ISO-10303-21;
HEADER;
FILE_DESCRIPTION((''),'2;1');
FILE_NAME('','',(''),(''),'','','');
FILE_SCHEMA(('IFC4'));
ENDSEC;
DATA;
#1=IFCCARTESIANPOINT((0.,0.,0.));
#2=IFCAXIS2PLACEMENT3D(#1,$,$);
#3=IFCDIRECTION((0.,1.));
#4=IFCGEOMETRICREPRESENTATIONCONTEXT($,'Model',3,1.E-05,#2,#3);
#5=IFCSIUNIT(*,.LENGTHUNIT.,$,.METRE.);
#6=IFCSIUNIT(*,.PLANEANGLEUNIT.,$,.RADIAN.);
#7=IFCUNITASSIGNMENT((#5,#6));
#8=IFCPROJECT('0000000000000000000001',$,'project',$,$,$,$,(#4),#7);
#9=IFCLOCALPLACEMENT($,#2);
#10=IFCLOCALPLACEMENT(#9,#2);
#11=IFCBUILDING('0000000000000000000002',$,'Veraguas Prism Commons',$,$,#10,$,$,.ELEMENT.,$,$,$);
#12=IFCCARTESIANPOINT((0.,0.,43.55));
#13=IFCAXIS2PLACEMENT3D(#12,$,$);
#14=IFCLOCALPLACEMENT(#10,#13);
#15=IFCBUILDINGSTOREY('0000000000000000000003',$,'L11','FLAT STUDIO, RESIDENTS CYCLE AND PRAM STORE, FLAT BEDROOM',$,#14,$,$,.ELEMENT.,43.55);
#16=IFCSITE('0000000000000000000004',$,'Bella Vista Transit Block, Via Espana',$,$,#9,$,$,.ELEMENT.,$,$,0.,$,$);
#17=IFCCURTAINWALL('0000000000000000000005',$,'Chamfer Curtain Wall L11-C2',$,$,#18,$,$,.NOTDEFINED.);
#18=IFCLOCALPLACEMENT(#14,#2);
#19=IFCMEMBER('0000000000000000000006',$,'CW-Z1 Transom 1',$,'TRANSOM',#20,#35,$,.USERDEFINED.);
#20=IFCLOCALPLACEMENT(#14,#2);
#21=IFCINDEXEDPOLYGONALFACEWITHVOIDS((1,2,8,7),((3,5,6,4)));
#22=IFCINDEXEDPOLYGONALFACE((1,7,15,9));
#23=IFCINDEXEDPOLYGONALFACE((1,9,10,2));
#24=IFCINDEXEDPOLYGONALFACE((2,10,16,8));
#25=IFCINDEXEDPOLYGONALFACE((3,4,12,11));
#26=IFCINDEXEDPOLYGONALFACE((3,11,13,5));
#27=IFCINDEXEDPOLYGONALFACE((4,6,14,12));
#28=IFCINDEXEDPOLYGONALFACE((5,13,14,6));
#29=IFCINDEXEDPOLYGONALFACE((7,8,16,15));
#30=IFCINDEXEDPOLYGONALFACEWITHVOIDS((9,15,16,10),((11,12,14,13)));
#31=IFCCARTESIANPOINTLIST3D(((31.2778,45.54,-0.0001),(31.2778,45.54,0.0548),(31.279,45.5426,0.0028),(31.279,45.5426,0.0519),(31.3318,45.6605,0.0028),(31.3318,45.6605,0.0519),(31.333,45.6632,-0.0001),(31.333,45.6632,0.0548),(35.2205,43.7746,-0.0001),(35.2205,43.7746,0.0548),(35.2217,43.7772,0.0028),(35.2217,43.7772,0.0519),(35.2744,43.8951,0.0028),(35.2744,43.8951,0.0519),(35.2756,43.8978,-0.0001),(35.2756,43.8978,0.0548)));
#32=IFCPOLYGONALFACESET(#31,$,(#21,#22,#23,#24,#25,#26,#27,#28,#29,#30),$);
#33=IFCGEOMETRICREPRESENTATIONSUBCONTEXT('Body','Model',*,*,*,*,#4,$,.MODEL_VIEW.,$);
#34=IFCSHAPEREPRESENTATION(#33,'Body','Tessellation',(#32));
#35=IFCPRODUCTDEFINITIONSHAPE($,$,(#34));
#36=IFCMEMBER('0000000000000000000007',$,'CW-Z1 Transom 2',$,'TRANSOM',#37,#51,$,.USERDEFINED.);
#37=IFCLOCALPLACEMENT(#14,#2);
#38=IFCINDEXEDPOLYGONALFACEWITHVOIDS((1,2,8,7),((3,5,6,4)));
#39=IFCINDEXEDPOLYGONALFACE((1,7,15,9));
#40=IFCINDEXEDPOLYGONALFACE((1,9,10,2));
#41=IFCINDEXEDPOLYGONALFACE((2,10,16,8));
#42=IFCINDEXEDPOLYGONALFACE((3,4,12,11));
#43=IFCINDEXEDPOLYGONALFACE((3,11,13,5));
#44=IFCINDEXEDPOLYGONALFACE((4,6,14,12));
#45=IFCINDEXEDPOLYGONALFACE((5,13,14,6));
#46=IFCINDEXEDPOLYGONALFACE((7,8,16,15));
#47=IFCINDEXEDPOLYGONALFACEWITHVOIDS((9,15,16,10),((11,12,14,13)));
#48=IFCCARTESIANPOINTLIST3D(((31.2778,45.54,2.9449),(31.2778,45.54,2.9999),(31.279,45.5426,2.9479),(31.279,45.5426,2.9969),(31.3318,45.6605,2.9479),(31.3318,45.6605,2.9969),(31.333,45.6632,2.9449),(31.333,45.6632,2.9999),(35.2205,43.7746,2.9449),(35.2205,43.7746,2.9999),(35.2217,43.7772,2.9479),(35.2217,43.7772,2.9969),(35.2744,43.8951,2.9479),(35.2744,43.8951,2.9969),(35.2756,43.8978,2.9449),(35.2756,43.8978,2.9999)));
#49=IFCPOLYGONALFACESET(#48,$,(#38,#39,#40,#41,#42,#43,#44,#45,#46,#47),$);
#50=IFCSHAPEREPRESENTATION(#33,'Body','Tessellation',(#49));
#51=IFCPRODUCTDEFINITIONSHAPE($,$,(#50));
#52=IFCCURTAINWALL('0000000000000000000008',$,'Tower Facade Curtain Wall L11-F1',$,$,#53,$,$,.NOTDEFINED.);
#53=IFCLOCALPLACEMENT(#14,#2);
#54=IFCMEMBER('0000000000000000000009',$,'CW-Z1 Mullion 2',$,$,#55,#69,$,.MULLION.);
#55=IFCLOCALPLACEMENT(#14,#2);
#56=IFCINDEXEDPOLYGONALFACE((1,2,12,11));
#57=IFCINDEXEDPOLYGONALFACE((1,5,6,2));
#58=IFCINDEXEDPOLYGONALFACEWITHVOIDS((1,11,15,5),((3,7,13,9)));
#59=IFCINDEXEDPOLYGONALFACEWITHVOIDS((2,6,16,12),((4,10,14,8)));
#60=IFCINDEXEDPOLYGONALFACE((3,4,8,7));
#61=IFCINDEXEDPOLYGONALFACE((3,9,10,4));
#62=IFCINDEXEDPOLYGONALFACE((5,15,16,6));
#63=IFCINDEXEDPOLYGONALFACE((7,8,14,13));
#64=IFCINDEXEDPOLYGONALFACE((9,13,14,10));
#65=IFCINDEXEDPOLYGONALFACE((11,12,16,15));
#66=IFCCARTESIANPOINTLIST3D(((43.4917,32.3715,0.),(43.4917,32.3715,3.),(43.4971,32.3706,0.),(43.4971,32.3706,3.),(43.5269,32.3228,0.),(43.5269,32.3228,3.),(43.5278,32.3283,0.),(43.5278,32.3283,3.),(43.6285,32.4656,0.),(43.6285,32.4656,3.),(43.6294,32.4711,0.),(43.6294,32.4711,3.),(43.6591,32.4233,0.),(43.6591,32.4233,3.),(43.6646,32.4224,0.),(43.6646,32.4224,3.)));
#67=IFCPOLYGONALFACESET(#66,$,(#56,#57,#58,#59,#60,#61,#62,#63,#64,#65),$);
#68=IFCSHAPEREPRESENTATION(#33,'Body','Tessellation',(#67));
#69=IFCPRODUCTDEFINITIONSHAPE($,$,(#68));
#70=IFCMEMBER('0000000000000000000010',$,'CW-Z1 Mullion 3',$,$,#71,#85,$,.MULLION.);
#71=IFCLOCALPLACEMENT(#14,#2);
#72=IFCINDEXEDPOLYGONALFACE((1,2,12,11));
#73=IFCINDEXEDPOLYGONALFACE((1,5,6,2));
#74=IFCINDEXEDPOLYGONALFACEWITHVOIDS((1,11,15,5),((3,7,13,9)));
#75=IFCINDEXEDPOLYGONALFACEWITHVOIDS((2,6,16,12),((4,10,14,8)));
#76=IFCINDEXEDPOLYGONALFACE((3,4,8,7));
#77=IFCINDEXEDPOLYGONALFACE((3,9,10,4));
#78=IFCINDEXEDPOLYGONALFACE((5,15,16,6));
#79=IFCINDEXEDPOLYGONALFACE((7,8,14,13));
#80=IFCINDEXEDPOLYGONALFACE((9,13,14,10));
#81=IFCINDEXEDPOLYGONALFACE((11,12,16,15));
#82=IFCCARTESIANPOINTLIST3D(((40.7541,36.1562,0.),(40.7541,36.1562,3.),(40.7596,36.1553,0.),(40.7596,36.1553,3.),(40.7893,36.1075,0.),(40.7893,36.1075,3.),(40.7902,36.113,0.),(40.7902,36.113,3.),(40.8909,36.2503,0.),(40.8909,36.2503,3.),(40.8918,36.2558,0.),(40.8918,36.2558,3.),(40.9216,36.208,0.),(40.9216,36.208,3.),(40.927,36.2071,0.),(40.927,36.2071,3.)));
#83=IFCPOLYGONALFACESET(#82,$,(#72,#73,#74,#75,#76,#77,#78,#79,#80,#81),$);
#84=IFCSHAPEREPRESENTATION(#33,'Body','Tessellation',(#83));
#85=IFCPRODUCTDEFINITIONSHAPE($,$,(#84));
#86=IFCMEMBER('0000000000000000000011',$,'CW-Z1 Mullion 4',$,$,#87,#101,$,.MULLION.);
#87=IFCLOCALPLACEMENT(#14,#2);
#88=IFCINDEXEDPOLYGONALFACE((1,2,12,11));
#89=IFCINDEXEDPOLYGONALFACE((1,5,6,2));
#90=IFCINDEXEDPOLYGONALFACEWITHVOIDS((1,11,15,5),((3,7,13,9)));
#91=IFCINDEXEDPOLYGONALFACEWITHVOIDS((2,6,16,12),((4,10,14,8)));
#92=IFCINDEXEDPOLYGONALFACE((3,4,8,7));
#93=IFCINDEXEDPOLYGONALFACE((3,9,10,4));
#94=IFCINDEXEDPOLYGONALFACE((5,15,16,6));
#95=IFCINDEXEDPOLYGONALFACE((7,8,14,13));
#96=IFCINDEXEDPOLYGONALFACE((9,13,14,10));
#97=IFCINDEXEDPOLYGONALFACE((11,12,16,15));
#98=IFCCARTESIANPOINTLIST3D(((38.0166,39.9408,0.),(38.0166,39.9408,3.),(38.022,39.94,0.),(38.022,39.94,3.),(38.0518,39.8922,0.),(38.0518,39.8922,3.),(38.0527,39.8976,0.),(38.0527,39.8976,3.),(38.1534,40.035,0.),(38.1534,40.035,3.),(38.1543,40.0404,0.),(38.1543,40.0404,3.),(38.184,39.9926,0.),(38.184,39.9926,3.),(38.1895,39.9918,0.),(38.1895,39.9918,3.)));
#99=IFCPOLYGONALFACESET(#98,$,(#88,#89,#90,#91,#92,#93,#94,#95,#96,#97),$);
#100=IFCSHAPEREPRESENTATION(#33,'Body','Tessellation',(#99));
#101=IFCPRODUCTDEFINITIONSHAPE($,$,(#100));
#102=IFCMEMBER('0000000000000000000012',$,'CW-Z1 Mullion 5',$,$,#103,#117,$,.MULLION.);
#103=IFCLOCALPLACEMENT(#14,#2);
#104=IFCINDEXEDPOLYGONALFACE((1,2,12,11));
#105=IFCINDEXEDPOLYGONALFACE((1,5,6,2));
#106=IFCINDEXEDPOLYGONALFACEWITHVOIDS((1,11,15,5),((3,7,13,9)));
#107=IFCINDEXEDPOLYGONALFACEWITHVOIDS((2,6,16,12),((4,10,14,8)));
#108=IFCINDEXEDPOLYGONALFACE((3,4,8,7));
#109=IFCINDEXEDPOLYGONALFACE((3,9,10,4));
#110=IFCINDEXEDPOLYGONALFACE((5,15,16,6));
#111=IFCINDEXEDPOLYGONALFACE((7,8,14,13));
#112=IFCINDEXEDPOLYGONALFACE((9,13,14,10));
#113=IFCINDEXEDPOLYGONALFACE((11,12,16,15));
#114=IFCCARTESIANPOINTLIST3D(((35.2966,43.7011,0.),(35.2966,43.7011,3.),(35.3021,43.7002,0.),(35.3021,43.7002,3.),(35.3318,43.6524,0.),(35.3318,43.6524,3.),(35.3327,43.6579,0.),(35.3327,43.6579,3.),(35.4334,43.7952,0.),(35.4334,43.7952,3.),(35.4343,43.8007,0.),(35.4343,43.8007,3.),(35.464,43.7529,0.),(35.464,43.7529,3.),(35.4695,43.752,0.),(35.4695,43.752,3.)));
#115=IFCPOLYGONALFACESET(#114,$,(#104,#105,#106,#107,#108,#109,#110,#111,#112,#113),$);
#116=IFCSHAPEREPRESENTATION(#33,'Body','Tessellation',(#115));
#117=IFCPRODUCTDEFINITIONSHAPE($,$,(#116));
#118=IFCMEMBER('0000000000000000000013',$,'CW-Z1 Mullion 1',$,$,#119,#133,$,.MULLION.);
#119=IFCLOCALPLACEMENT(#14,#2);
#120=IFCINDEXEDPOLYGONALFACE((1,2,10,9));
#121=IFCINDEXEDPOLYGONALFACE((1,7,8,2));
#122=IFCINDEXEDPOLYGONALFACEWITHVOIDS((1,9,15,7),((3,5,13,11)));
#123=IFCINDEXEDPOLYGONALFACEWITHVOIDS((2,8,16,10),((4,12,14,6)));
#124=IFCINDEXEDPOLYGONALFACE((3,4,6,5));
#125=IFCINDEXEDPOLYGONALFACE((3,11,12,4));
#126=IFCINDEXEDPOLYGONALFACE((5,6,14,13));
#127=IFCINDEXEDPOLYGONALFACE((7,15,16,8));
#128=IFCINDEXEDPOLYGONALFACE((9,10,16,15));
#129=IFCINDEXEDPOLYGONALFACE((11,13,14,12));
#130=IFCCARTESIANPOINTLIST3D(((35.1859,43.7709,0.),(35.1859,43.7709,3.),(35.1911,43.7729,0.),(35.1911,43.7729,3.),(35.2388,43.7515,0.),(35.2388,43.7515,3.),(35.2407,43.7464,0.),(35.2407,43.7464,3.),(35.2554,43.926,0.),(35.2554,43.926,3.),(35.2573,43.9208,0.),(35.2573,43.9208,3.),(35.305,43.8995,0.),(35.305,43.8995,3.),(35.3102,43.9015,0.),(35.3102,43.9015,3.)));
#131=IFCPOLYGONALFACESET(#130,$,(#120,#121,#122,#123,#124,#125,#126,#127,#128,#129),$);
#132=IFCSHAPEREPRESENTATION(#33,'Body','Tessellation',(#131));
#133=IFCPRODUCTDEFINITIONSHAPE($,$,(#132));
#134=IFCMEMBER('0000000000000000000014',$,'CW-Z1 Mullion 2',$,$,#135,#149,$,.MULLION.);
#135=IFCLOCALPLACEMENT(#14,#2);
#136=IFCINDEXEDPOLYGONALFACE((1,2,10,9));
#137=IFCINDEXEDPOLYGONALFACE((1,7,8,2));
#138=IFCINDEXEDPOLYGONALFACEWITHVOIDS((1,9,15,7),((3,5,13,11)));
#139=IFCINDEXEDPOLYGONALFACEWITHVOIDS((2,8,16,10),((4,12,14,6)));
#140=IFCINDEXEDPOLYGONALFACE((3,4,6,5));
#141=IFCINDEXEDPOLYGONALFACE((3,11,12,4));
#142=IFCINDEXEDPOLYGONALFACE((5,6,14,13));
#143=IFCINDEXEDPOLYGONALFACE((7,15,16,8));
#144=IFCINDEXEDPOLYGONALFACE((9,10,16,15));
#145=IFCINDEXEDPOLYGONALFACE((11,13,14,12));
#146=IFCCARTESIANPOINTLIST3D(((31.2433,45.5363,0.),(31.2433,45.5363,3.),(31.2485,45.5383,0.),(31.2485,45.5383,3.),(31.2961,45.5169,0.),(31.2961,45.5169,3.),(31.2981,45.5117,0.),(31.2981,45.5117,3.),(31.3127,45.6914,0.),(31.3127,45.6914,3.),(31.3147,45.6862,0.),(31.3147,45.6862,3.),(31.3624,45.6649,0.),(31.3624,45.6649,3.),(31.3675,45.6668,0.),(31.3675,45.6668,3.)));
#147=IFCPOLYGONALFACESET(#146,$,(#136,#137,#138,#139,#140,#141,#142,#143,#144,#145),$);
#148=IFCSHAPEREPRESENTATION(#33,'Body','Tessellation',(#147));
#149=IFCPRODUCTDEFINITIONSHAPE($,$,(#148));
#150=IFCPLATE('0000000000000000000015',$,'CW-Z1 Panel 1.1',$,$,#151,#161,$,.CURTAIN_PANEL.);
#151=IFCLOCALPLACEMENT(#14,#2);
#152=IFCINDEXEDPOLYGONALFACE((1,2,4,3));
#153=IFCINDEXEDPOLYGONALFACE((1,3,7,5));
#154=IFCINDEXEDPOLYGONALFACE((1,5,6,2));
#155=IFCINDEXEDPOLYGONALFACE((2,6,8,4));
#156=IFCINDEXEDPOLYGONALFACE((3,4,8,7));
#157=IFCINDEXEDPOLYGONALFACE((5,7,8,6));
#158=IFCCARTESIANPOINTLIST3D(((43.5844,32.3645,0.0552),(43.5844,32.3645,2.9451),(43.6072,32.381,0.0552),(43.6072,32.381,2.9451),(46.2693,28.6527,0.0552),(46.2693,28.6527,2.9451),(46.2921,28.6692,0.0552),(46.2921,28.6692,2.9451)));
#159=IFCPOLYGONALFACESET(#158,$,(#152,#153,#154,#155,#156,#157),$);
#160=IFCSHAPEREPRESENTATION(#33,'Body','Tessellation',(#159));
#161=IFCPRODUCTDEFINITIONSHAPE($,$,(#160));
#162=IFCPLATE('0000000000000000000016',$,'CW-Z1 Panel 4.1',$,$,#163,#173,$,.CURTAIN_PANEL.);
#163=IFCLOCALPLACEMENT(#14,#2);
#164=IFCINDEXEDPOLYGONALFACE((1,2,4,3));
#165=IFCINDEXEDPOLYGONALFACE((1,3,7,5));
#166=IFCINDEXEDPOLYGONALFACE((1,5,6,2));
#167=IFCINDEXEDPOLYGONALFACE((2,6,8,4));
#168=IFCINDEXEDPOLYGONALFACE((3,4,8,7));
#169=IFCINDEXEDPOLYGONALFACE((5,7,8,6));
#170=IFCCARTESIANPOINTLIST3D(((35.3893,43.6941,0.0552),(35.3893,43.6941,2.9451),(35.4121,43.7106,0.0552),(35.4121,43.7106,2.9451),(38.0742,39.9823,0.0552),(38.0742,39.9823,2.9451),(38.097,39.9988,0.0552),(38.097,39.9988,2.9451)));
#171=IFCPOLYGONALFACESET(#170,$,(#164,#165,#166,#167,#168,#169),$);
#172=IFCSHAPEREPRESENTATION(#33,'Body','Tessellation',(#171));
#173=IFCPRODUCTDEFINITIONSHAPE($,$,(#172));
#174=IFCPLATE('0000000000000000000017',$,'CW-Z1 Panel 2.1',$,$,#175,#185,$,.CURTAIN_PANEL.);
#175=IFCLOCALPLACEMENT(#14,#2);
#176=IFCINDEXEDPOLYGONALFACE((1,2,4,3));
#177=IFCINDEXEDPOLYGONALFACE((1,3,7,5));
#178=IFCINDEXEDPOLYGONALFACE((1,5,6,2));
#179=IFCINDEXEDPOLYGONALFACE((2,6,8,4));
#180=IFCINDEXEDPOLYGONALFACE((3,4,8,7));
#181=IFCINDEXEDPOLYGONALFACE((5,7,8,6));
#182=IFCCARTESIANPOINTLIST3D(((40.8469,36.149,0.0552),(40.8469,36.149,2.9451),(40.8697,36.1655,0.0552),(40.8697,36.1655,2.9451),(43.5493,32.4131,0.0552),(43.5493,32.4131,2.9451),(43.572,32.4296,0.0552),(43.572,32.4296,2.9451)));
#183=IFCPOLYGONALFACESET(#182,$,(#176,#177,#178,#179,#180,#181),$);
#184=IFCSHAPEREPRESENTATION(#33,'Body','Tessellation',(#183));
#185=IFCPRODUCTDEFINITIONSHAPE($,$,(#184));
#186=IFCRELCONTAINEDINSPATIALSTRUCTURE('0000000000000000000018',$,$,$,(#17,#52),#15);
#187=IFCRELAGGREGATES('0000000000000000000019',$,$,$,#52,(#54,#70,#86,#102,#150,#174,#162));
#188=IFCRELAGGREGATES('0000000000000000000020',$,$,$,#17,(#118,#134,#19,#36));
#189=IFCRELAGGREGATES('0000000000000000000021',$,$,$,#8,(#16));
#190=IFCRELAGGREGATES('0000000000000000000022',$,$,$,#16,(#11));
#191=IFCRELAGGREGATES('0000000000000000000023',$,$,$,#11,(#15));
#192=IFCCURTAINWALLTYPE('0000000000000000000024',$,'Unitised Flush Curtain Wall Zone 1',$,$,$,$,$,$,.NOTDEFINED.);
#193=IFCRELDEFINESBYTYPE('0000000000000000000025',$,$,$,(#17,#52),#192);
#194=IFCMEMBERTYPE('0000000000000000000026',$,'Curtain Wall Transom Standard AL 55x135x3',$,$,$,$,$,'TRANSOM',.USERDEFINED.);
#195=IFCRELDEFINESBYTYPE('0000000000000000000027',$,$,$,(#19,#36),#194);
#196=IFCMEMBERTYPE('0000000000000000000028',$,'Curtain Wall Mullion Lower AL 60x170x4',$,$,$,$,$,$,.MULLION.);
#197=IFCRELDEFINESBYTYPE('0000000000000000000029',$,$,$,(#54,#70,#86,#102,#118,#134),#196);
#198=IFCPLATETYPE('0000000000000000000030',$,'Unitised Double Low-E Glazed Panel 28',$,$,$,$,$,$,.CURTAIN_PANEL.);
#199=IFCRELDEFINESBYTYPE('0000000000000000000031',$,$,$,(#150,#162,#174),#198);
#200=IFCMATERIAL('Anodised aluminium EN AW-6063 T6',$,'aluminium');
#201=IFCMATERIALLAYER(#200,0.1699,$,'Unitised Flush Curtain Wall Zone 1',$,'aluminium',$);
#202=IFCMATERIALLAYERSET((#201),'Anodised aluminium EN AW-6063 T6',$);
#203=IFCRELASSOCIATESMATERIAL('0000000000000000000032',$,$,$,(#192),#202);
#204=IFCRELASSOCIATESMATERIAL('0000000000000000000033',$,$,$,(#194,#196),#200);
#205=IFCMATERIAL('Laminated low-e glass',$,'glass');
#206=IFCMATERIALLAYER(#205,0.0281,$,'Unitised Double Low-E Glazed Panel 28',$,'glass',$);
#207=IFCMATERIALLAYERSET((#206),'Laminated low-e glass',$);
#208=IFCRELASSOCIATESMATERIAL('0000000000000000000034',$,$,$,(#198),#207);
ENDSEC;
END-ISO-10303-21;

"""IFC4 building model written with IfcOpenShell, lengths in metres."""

from ifc_helpers import new_model, si_unit, direction, frame, origin, origin_2d, place, context, subcontext, project, spatial, rectangle, hollow_rectangle, extrude, source, transform, mapped, material, layer, layer_set, material_profile, profile_set, type_object, element, aggregate, save


model = new_model("IFC4")

# Units and contexts
model_context = context("Model", 3, precision=1e-05, world=origin(), true_north=direction((0.0, 1.0)))
body_context = subcontext(model_context, "Body", "Model", "MODEL_VIEW")
ifc_project = project(units=[si_unit("LENGTHUNIT", "METRE"), si_unit("PLANEANGLEUNIT", "RADIAN")], contexts=[model_context])

# Site, building, storey
site_placement = place(None, origin())
site = spatial("IfcSite", under=ifc_project, at=site_placement, Name="Bella Vista Transit Block, Via Espana", CompositionType="ELEMENT", RefElevation=0.0)
building_placement = place(site_placement, origin())
building = spatial("IfcBuilding", under=site, at=building_placement, Name="Veraguas Prism Commons", CompositionType="ELEMENT")
storey_placement = place(building_placement, frame((0.0, 0.0, 43.55)))
storey = spatial("IfcBuildingStorey", under=building, at=storey_placement, Name="L11", Description="FLAT STUDIO, RESIDENTS CYCLE AND PRAM STORE, FLAT BEDROOM", CompositionType="ELEMENT", Elevation=43.55)

# Curtain walls, members
ifc_material_1 = material(Name="Anodised aluminium EN AW-6063 T6", Category="aluminium")
ifc_layer_1 = layer(ifc_material_1, 0.1699, Name="Unitised Flush Curtain Wall Zone 1", Category="aluminium")
ifc_layer_set_1 = layer_set([ifc_layer_1], Name="Anodised aluminium EN AW-6063 T6")
curtain_wall_type = type_object("IfcCurtainWallType", Name="Unitised Flush Curtain Wall Zone 1", PredefinedType="NOTDEFINED", material=ifc_layer_set_1)
curtain_wall_1_placement = place(storey_placement, origin())
curtain_wall_1 = element("IfcCurtainWall", 1, at=curtain_wall_1_placement, inside=storey, type_object=curtain_wall_type, Name="Chamfer Curtain Wall L11-C2", PredefinedType="NOTDEFINED")
ifc_material_profile_1 = material_profile(ifc_material_1, hollow_rectangle(XDim=0.0549, YDim=0.135, WallThickness=0.0029, at=origin_2d()), Name="AL55X135X3")
ifc_profile_set_1 = profile_set([ifc_material_profile_1], Name="Anodised aluminium EN AW-6063 T6")
member_type_1 = type_object("IfcMemberType", Name="Curtain Wall Transom Standard AL 55x135x3", ElementType="TRANSOM", PredefinedType="USERDEFINED", material=ifc_profile_set_1)
shared_shape_1 = source(origin(), body_context, "Body", "SweptSolid", [
    extrude(hollow_rectangle(XDim=0.0549, YDim=0.135, WallThickness=0.0029, at=origin_2d()), origin(), (0.0, 0.0, 1.0), 4.3198),
])
member_1_placement = place(storey_placement, frame((35.248, 43.8362, 0.0273), z_axis=(-0.912682, 0.40867, 0.0), x_axis=(0.0, 0.0, 1.0)))
member_1 = element("IfcMember", 2, at=member_1_placement, type_object=member_type_1, Name="CW-Z1 Transom 1", ObjectType="TRANSOM", PredefinedType="USERDEFINED", context=body_context, shape_type="MappedRepresentation", body=[
    mapped(shared_shape_1, transform((0.0, 0.0, 0.0), scale=1.0)),
])
member_2_placement = place(storey_placement, frame((35.248, 43.8362, 2.9724), z_axis=(-0.912682, 0.40867, 0.0), x_axis=(0.0, 0.0, 1.0)))
member_2 = element("IfcMember", 3, at=member_2_placement, type_object=member_type_1, Name="CW-Z1 Transom 2", ObjectType="TRANSOM", PredefinedType="USERDEFINED", context=body_context, shape_type="MappedRepresentation", body=[
    mapped(shared_shape_1, transform((0.0, 0.0, 0.0), scale=1.0)),
])
curtain_wall_2_placement = place(storey_placement, origin())
curtain_wall_2 = element("IfcCurtainWall", 4, at=curtain_wall_2_placement, inside=storey, type_object=curtain_wall_type, Name="Tower Facade Curtain Wall L11-F1", PredefinedType="NOTDEFINED")
ifc_material_profile_2 = material_profile(ifc_material_1, hollow_rectangle(XDim=0.0601, YDim=0.1699, WallThickness=0.0039, at=origin_2d()), Name="AL60X170X4")
ifc_profile_set_2 = profile_set([ifc_material_profile_2], Name="Anodised aluminium EN AW-6063 T6")
member_type_2 = type_object("IfcMemberType", Name="Curtain Wall Mullion Lower AL 60x170x4", PredefinedType="MULLION", material=ifc_profile_set_2)
shared_shape_2 = source(origin(), body_context, "Body", "SweptSolid", [
    extrude(hollow_rectangle(XDim=0.0601, YDim=0.1699, WallThickness=0.0039, at=origin_2d()), origin(), (0.0, 0.0, 1.0), 3.0),
])
member_3_placement = place(storey_placement, frame((43.5781, 32.397, 0.0), z_axis=(0.0, 0.0, 1.0), x_axis=(-0.586087, 0.810248, 0.0)))
member_3 = element("IfcMember", 5, at=member_3_placement, type_object=member_type_2, Name="CW-Z1 Mullion 2", PredefinedType="MULLION", context=body_context, shape_type="MappedRepresentation", body=[
    mapped(shared_shape_2, transform((0.0, 0.0, 0.0), scale=1.0)),
])
member_4_placement = place(storey_placement, frame((40.8406, 36.1816, 0.0), z_axis=(0.0, 0.0, 1.0), x_axis=(-0.586087, 0.810248, 0.0)))
member_4 = element("IfcMember", 6, at=member_4_placement, type_object=member_type_2, Name="CW-Z1 Mullion 3", PredefinedType="MULLION", context=body_context, shape_type="MappedRepresentation", body=[
    mapped(shared_shape_2, transform((0.0, 0.0, 0.0), scale=1.0)),
])
member_5_placement = place(storey_placement, frame((38.103, 39.9663, 0.0), z_axis=(0.0, 0.0, 1.0), x_axis=(-0.586087, 0.810248, 0.0)))
member_5 = element("IfcMember", 7, at=member_5_placement, type_object=member_type_2, Name="CW-Z1 Mullion 4", PredefinedType="MULLION", context=body_context, shape_type="MappedRepresentation", body=[
    mapped(shared_shape_2, transform((0.0, 0.0, 0.0), scale=1.0)),
])
member_6_placement = place(storey_placement, frame((35.3831, 43.7266, 0.0), z_axis=(0.0, 0.0, 1.0), x_axis=(-0.586087, 0.810248, 0.0)))
member_6 = element("IfcMember", 8, at=member_6_placement, type_object=member_type_2, Name="CW-Z1 Mullion 5", PredefinedType="MULLION", context=body_context, shape_type="MappedRepresentation", body=[
    mapped(shared_shape_2, transform((0.0, 0.0, 0.0), scale=1.0)),
])

# Members
member_7_placement = place(storey_placement, frame((35.248, 43.8362, 0.0), z_axis=(0.0, 0.0, 1.0), x_axis=(-0.912687, 0.40866, 0.0)))
member_7 = element("IfcMember", 9, at=member_7_placement, type_object=member_type_2, Name="CW-Z1 Mullion 1", PredefinedType="MULLION", context=body_context, shape_type="MappedRepresentation", body=[
    mapped(shared_shape_2, transform((0.0, 0.0, 0.0), scale=1.0)),
])
member_8_placement = place(storey_placement, frame((31.3054, 45.6016, 0.0), z_axis=(0.0, 0.0, 1.0), x_axis=(-0.912687, 0.40866, 0.0)))
member_8 = element("IfcMember", 10, at=member_8_placement, type_object=member_type_2, Name="CW-Z1 Mullion 2", PredefinedType="MULLION", context=body_context, shape_type="MappedRepresentation", body=[
    mapped(shared_shape_2, transform((0.0, 0.0, 0.0), scale=1.0)),
])

# Plates
ifc_material_2 = material(Name="Laminated low-e glass", Category="glass")
ifc_layer_2 = layer(ifc_material_2, 0.0281, Name="Unitised Double Low-E Glazed Panel 28", Category="glass")
ifc_layer_set_2 = layer_set([ifc_layer_2], Name="Laminated low-e glass")
plate_type = type_object("IfcPlateType", Name="Unitised Double Low-E Glazed Panel 28", PredefinedType="CURTAIN_PANEL", material=ifc_layer_set_2)
shared_shape_3 = source(origin(), body_context, "Body", "SweptSolid", [
    extrude(rectangle(XDim=4.5811, YDim=0.0281, at=origin_2d()), origin(), (0.0, 0.0, 1.0), 2.8899),
])
plate_1_placement = place(storey_placement, frame((44.9382, 30.5168, 0.0552), z_axis=(0.0, 0.0, 1.0), x_axis=(-0.586087, 0.810248, 0.0)))
plate_1 = element("IfcPlate", 11, at=plate_1_placement, type_object=plate_type, Name="CW-Z1 Panel 1.1", PredefinedType="CURTAIN_PANEL", context=body_context, shape_type="MappedRepresentation", body=[
    mapped(shared_shape_3, transform((0.0, 0.0, 0.0), scale=1.0)),
])
plate_2_placement = place(storey_placement, frame((36.7432, 41.8464, 0.0552), z_axis=(0.0, 0.0, 1.0), x_axis=(-0.586087, 0.810248, 0.0)))
plate_2 = element("IfcPlate", 12, at=plate_2_placement, type_object=plate_type, Name="CW-Z1 Panel 4.1", PredefinedType="CURTAIN_PANEL", context=body_context, shape_type="MappedRepresentation", body=[
    mapped(shared_shape_3, transform((0.0, 0.0, 0.0), scale=1.0)),
])
shared_shape_4 = source(origin(), body_context, "Body", "SweptSolid", [
    extrude(rectangle(XDim=4.6108, YDim=0.0281, at=origin_2d()), origin(), (0.0, 0.0, 1.0), 2.8899),
])
plate_3_placement = place(storey_placement, frame((42.2095, 34.2893, 0.0552), z_axis=(0.0, 0.0, 1.0), x_axis=(-0.586087, 0.810248, 0.0)))
plate_3 = element("IfcPlate", 13, at=plate_3_placement, type_object=plate_type, Name="CW-Z1 Panel 2.1", PredefinedType="CURTAIN_PANEL", context=body_context, shape_type="MappedRepresentation", body=[
    mapped(shared_shape_4, transform((0.0, 0.0, 0.0), scale=1.0)),
])
aggregate(curtain_wall_2, [member_3, member_4, member_5, member_6, plate_1, plate_3, plate_2])
aggregate(curtain_wall_1, [member_7, member_8, member_1, member_2])

save(model, "model.ifc")
